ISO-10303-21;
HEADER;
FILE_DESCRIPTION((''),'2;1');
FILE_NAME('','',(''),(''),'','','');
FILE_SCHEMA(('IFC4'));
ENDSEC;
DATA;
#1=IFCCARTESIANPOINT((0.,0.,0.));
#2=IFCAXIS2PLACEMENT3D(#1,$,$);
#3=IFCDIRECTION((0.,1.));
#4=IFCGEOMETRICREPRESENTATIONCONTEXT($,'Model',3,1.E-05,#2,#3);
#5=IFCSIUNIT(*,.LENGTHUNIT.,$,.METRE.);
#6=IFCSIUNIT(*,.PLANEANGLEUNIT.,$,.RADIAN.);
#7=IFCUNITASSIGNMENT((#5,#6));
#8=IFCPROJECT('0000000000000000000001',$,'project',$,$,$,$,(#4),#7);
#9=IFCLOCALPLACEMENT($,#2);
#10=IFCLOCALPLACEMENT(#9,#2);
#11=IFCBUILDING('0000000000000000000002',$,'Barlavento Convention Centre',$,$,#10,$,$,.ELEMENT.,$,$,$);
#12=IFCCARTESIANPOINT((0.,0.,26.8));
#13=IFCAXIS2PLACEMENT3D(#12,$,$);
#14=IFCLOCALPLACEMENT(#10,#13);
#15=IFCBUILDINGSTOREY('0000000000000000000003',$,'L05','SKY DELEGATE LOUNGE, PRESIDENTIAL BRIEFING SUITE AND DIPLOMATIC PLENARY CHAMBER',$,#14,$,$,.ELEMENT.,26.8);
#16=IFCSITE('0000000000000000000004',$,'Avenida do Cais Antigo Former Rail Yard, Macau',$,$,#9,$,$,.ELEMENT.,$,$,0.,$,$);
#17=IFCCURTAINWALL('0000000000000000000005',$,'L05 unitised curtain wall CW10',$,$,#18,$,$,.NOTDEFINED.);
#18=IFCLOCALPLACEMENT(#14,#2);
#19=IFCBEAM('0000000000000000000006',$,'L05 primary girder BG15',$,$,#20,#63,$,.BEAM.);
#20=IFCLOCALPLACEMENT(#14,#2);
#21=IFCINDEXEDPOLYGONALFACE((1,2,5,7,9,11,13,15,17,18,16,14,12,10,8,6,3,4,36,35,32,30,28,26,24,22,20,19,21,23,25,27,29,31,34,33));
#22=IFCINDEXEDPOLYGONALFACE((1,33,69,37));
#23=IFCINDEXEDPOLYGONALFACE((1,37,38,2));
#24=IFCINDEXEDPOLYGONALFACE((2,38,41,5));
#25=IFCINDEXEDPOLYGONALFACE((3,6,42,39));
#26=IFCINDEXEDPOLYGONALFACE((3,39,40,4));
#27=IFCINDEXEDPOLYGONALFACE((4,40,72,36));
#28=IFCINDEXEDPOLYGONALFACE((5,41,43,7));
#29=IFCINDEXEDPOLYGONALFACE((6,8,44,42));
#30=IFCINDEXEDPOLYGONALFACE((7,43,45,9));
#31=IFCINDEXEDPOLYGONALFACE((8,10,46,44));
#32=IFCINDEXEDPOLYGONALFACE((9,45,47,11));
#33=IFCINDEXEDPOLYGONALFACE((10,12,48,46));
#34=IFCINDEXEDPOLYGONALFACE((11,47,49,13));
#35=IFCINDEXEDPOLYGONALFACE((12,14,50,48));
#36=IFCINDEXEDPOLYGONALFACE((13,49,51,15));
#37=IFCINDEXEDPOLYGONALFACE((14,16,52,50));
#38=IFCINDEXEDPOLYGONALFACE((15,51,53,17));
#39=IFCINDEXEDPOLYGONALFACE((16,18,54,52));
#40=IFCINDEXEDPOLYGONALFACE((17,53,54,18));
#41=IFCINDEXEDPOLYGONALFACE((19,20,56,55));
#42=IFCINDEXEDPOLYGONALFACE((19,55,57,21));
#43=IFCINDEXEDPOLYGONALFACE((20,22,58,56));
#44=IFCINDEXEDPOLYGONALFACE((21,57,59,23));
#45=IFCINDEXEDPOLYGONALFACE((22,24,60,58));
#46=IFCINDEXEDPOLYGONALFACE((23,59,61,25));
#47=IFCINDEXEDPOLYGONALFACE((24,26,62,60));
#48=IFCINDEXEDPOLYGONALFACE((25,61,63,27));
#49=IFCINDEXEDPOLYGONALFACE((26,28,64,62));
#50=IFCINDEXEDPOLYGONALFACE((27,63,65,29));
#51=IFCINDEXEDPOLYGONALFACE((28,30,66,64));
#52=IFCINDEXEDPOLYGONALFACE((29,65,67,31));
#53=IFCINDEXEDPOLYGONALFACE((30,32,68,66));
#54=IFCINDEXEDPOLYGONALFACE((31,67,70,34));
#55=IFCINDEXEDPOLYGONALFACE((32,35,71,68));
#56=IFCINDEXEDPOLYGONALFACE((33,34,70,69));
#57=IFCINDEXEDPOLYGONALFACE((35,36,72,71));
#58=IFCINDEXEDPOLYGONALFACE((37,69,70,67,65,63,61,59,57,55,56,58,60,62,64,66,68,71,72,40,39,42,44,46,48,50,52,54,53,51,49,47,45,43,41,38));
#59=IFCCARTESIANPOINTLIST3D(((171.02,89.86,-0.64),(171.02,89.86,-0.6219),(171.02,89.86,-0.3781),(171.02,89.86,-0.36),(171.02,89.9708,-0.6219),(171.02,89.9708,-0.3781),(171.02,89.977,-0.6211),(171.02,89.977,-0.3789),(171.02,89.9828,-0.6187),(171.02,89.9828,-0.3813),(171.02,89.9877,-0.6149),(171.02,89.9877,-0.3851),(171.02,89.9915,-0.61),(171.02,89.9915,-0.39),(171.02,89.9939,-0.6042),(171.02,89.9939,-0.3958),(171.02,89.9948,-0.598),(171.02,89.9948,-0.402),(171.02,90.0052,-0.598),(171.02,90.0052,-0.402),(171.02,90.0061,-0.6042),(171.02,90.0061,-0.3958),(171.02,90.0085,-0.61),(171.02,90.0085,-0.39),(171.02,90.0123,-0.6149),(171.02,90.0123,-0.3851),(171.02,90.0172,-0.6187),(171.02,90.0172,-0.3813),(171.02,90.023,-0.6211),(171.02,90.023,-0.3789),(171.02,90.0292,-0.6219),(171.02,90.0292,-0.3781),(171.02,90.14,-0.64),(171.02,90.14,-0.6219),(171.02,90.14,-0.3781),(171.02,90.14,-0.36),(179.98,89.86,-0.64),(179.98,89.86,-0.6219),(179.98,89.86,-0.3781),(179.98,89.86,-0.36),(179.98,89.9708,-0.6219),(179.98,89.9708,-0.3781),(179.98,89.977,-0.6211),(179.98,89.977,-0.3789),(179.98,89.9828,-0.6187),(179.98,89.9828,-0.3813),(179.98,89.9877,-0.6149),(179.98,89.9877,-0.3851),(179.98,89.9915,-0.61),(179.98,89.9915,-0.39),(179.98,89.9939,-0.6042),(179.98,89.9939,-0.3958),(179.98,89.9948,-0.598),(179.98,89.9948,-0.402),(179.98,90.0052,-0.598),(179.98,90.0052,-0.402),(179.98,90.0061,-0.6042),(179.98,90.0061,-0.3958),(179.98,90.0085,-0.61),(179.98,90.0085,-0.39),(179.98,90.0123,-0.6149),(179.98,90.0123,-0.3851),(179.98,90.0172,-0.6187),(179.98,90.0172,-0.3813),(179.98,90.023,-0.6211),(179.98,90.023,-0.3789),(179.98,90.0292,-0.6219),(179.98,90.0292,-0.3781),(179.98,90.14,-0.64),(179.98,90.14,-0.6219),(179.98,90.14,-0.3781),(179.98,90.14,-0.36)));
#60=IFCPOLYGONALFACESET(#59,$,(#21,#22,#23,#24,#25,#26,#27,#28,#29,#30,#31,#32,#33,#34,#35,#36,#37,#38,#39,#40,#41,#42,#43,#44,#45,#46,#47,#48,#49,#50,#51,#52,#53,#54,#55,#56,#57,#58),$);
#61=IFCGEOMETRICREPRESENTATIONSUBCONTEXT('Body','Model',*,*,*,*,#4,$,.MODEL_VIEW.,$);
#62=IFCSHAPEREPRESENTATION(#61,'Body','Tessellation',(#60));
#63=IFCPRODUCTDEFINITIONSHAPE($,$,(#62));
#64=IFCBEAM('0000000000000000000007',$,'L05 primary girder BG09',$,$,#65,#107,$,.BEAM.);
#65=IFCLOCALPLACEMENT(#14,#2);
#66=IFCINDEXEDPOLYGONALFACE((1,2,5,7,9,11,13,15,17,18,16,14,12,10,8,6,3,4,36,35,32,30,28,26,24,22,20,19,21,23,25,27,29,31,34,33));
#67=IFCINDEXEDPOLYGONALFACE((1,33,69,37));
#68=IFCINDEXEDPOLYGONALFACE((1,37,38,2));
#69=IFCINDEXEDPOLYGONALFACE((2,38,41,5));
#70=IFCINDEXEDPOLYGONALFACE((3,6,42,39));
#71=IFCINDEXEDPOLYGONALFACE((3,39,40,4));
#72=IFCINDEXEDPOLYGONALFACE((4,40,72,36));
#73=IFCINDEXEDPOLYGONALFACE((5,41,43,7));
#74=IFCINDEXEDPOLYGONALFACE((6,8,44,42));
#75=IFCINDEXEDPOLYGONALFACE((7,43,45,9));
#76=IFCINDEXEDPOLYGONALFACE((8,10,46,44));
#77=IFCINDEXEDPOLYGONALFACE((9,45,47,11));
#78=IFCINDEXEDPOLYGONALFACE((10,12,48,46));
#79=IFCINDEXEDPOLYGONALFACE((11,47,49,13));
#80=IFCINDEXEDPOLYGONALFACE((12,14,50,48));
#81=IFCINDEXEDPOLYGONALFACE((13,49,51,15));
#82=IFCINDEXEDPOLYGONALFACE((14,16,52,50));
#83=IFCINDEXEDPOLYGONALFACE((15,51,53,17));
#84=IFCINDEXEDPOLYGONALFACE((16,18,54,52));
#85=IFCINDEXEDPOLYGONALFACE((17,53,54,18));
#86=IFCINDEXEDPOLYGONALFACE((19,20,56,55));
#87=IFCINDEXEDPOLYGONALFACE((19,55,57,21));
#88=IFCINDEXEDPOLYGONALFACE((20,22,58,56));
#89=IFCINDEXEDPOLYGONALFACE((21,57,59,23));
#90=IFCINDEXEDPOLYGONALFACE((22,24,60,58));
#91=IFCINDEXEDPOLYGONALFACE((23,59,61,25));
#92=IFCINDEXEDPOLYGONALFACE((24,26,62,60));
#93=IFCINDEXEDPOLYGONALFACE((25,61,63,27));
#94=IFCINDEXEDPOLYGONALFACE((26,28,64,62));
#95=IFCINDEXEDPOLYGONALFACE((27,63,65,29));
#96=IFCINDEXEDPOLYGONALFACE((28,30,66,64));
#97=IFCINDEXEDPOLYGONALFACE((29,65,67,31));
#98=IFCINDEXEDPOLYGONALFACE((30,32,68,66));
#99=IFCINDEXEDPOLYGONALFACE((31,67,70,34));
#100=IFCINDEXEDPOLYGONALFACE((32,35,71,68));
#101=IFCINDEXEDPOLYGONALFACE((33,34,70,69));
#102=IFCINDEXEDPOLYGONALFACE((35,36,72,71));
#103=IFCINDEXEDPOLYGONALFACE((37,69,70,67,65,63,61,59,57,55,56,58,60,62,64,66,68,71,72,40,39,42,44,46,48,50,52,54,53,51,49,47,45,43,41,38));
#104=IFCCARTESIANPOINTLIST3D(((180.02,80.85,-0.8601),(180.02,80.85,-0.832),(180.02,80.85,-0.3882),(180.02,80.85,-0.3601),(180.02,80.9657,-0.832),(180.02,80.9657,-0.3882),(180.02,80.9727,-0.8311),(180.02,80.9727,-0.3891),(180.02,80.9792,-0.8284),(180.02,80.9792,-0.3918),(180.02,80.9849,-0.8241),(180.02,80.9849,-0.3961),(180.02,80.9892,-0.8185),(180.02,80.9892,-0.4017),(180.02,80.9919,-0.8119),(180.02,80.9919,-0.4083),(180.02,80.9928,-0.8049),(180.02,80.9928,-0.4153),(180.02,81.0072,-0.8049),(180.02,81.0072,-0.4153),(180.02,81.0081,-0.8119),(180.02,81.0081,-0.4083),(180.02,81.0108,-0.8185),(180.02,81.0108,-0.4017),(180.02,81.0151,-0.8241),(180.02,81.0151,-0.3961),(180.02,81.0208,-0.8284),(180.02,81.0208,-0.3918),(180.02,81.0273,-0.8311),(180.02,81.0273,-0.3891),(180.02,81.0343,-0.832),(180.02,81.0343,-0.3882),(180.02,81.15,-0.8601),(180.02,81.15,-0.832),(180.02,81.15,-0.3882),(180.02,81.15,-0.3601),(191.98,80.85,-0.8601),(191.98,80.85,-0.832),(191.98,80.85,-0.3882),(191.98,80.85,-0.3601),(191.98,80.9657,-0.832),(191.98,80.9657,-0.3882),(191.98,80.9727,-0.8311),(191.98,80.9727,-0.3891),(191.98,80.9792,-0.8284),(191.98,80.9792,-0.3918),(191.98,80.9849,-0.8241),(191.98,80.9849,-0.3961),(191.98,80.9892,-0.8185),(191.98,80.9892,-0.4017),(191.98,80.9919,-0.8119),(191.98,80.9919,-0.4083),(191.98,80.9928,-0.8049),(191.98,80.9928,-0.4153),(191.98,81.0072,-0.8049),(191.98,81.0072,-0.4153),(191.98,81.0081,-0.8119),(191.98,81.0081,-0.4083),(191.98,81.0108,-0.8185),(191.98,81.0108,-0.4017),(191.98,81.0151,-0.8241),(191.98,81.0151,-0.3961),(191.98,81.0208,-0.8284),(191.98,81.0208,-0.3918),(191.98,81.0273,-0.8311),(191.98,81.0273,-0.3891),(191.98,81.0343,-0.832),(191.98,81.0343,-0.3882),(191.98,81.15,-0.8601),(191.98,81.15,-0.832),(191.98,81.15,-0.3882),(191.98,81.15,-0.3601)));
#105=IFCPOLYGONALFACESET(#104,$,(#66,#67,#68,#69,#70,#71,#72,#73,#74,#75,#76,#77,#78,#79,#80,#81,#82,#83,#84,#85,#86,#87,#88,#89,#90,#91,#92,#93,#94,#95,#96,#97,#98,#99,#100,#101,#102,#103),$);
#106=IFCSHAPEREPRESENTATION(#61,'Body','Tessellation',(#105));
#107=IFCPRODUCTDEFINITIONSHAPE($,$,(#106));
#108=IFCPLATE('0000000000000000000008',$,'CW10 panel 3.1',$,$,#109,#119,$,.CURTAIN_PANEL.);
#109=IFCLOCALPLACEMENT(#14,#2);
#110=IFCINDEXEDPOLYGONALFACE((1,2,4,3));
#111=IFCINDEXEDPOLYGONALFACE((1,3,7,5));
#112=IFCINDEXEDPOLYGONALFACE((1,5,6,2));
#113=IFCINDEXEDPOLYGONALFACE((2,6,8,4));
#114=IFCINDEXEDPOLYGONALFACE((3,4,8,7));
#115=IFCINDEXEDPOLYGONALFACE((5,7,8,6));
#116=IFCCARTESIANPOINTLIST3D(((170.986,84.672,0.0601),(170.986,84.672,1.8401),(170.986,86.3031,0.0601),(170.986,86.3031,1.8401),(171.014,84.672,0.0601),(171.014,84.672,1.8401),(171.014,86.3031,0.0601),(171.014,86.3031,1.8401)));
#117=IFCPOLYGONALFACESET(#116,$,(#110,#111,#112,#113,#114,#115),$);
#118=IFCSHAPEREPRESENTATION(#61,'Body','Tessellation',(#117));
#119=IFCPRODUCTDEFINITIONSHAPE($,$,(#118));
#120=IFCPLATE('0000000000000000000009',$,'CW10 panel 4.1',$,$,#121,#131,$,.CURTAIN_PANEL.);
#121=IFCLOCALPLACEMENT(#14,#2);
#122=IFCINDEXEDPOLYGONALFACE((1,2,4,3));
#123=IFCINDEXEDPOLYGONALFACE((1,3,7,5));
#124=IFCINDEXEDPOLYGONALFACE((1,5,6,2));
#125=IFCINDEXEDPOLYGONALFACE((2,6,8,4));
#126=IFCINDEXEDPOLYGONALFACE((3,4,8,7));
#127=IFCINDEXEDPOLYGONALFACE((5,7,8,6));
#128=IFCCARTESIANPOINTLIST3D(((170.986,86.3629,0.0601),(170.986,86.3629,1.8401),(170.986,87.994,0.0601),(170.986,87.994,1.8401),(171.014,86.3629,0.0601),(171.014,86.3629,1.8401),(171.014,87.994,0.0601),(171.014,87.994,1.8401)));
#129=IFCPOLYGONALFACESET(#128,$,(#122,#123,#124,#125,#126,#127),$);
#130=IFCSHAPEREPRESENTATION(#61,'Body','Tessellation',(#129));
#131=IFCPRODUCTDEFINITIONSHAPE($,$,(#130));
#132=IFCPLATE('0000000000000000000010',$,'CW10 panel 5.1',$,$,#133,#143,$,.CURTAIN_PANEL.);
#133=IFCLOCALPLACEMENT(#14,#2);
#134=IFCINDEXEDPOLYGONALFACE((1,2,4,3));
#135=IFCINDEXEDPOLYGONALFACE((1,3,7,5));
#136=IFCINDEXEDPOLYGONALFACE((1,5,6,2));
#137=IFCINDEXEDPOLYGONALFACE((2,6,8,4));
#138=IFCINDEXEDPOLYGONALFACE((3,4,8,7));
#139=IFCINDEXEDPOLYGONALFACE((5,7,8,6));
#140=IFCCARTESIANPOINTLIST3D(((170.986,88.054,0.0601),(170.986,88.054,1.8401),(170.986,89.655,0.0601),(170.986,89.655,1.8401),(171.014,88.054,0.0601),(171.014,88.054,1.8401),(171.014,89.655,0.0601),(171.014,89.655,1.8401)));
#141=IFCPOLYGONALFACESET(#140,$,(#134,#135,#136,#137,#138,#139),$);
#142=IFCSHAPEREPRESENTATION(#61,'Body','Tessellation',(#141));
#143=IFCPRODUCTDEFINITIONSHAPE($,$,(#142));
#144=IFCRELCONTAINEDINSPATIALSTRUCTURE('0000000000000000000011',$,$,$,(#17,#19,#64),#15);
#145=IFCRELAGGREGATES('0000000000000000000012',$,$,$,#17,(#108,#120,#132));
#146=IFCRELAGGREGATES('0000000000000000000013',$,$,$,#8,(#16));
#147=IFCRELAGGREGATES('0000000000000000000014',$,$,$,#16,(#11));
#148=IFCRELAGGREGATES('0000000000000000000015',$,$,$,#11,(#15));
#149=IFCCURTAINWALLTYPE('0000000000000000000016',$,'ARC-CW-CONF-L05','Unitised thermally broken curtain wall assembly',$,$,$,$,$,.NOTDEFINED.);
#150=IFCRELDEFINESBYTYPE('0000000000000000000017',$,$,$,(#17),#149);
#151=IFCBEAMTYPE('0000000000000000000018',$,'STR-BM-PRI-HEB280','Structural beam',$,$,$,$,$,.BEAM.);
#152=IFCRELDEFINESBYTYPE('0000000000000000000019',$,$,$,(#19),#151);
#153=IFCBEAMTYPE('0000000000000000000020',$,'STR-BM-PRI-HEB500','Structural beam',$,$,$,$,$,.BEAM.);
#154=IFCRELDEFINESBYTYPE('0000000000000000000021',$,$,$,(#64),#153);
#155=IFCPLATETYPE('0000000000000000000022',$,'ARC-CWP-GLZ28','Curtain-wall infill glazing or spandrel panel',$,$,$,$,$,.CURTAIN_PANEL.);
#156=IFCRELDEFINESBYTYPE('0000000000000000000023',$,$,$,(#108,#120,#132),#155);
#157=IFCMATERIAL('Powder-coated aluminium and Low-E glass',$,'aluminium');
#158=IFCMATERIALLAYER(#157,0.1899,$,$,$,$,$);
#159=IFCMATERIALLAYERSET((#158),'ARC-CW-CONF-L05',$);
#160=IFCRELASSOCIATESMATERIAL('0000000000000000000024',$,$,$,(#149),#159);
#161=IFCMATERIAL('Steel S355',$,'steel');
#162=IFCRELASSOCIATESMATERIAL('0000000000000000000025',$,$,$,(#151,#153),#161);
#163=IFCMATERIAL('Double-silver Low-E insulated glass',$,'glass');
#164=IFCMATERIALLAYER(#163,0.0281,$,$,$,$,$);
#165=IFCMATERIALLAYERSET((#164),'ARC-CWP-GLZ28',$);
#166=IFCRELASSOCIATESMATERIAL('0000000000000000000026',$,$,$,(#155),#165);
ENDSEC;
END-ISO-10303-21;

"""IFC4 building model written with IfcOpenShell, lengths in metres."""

from ifc_helpers import new_model, si_unit, direction, frame, origin, origin_2d, place, context, subcontext, project, spatial, rectangle, i_section, extrude, material, layer, layer_set, material_profile, profile_set, type_object, element, aggregate, save


model = new_model("IFC4")

# Units and contexts
model_context = context("Model", 3, precision=1e-05, world=origin(), true_north=direction((0.0, 1.0)))
body_context = subcontext(model_context, "Body", "Model", "MODEL_VIEW")
ifc_project = project(units=[si_unit("LENGTHUNIT", "METRE"), si_unit("PLANEANGLEUNIT", "RADIAN")], contexts=[model_context])

# Site, building, storey
site_placement = place(None, origin())
site = spatial("IfcSite", under=ifc_project, at=site_placement, Name="Avenida do Cais Antigo Former Rail Yard, Macau", CompositionType="ELEMENT", RefElevation=0.0)
building_placement = place(site_placement, origin())
building = spatial("IfcBuilding", under=site, at=building_placement, Name="Barlavento Convention Centre", CompositionType="ELEMENT")
storey_placement = place(building_placement, frame((0.0, 0.0, 26.8)))
storey = spatial("IfcBuildingStorey", under=building, at=storey_placement, Name="L05", Description="SKY DELEGATE LOUNGE, PRESIDENTIAL BRIEFING SUITE AND DIPLOMATIC PLENARY CHAMBER", CompositionType="ELEMENT", Elevation=26.8)

# Shared definitions
ifc_material_1 = material(Name="Steel S355", Category="steel")

# Curtain wall
ifc_material_2 = material(Name="Powder-coated aluminium and Low-E glass", Category="aluminium")
ifc_layer_1 = layer(ifc_material_2, 0.1899)
ifc_layer_set_1 = layer_set([ifc_layer_1], Name="ARC-CW-CONF-L05")
curtain_wall_type = type_object("IfcCurtainWallType", Name="ARC-CW-CONF-L05", Description="Unitised thermally broken curtain wall assembly", PredefinedType="NOTDEFINED", material=ifc_layer_set_1)
curtain_wall_placement = place(storey_placement, origin())
curtain_wall = element("IfcCurtainWall", 1, at=curtain_wall_placement, inside=storey, type_object=curtain_wall_type, Name="L05 unitised curtain wall CW10", PredefinedType="NOTDEFINED")

# Beams
ifc_material_profile_1 = material_profile(ifc_material_1, i_section(OverallWidth=0.28, OverallDepth=0.28, WebThickness=0.0105, FlangeThickness=0.0181, FilletRadius=0.0239, at=origin_2d()), Name="HEB 280")
ifc_profile_set_1 = profile_set([ifc_material_profile_1], Name="Steel S355")
beam_type_1 = type_object("IfcBeamType", Name="STR-BM-PRI-HEB280", Description="Structural beam", PredefinedType="BEAM", material=ifc_profile_set_1)
beam_1_placement = place(storey_placement, frame((171.02, 90.0, -0.5), z_axis=(1.0, 0.0, 0.0), x_axis=(0.0, 1.0, 0.0)))
element("IfcBeam", 2, at=beam_1_placement, inside=storey, type_object=beam_type_1, Name="L05 primary girder BG15", PredefinedType="BEAM", context=body_context, shape_type="SweptSolid", body=[
    extrude(i_section(OverallWidth=0.28, OverallDepth=0.28, WebThickness=0.0105, FlangeThickness=0.0181, FilletRadius=0.0239, at=origin_2d()), origin(), (0.0, 0.0, 1.0), 8.96),
])
ifc_material_profile_2 = material_profile(ifc_material_1, i_section(OverallWidth=0.3, OverallDepth=0.5, WebThickness=0.0144, FlangeThickness=0.0281, FilletRadius=0.0271, at=origin_2d()), Name="HEB 500")
ifc_profile_set_2 = profile_set([ifc_material_profile_2], Name="Steel S355")
beam_type_2 = type_object("IfcBeamType", Name="STR-BM-PRI-HEB500", Description="Structural beam", PredefinedType="BEAM", material=ifc_profile_set_2)
beam_2_placement = place(storey_placement, frame((180.02, 81.0, -0.6101), z_axis=(1.0, 0.0, 0.0), x_axis=(0.0, 1.0, 0.0)))
element("IfcBeam", 3, at=beam_2_placement, inside=storey, type_object=beam_type_2, Name="L05 primary girder BG09", PredefinedType="BEAM", context=body_context, shape_type="SweptSolid", body=[
    extrude(i_section(OverallWidth=0.3, OverallDepth=0.5, WebThickness=0.0144, FlangeThickness=0.0281, FilletRadius=0.0271, at=origin_2d()), origin(), (0.0, 0.0, 1.0), 11.96),
])

# Plates
ifc_material_3 = material(Name="Double-silver Low-E insulated glass", Category="glass")
ifc_layer_2 = layer(ifc_material_3, 0.0281)
ifc_layer_set_2 = layer_set([ifc_layer_2], Name="ARC-CWP-GLZ28")
plate_type = type_object("IfcPlateType", Name="ARC-CWP-GLZ28", Description="Curtain-wall infill glazing or spandrel panel", PredefinedType="CURTAIN_PANEL", material=ifc_layer_set_2)
plate_1_placement = place(storey_placement, frame((171.0, 85.4875, 0.0601), z_axis=(0.0, 0.0, 1.0), x_axis=(0.0, 1.0, 0.0)))
plate_1 = element("IfcPlate", 4, at=plate_1_placement, type_object=plate_type, Name="CW10 panel 3.1", PredefinedType="CURTAIN_PANEL", context=body_context, shape_type="SweptSolid", body=[
    extrude(rectangle(XDim=1.6311, YDim=0.0281, at=origin_2d()), origin(), (0.0, 0.0, 1.0), 1.78),
])
plate_2_placement = place(storey_placement, frame((171.0, 87.1785, 0.0601), z_axis=(0.0, 0.0, 1.0), x_axis=(0.0, 1.0, 0.0)))
plate_2 = element("IfcPlate", 5, at=plate_2_placement, type_object=plate_type, Name="CW10 panel 4.1", PredefinedType="CURTAIN_PANEL", context=body_context, shape_type="SweptSolid", body=[
    extrude(rectangle(XDim=1.6311, YDim=0.0281, at=origin_2d()), origin(), (0.0, 0.0, 1.0), 1.78),
])
plate_3_placement = place(storey_placement, frame((171.0, 88.8545, 0.0601), z_axis=(0.0, 0.0, 1.0), x_axis=(0.0, 1.0, 0.0)))
plate_3 = element("IfcPlate", 6, at=plate_3_placement, type_object=plate_type, Name="CW10 panel 5.1", PredefinedType="CURTAIN_PANEL", context=body_context, shape_type="SweptSolid", body=[
    extrude(rectangle(XDim=1.6011, YDim=0.0281, at=origin_2d()), origin(), (0.0, 0.0, 1.0), 1.78),
])
aggregate(curtain_wall, [plate_1, plate_2, plate_3])

save(model, "model.ifc")
